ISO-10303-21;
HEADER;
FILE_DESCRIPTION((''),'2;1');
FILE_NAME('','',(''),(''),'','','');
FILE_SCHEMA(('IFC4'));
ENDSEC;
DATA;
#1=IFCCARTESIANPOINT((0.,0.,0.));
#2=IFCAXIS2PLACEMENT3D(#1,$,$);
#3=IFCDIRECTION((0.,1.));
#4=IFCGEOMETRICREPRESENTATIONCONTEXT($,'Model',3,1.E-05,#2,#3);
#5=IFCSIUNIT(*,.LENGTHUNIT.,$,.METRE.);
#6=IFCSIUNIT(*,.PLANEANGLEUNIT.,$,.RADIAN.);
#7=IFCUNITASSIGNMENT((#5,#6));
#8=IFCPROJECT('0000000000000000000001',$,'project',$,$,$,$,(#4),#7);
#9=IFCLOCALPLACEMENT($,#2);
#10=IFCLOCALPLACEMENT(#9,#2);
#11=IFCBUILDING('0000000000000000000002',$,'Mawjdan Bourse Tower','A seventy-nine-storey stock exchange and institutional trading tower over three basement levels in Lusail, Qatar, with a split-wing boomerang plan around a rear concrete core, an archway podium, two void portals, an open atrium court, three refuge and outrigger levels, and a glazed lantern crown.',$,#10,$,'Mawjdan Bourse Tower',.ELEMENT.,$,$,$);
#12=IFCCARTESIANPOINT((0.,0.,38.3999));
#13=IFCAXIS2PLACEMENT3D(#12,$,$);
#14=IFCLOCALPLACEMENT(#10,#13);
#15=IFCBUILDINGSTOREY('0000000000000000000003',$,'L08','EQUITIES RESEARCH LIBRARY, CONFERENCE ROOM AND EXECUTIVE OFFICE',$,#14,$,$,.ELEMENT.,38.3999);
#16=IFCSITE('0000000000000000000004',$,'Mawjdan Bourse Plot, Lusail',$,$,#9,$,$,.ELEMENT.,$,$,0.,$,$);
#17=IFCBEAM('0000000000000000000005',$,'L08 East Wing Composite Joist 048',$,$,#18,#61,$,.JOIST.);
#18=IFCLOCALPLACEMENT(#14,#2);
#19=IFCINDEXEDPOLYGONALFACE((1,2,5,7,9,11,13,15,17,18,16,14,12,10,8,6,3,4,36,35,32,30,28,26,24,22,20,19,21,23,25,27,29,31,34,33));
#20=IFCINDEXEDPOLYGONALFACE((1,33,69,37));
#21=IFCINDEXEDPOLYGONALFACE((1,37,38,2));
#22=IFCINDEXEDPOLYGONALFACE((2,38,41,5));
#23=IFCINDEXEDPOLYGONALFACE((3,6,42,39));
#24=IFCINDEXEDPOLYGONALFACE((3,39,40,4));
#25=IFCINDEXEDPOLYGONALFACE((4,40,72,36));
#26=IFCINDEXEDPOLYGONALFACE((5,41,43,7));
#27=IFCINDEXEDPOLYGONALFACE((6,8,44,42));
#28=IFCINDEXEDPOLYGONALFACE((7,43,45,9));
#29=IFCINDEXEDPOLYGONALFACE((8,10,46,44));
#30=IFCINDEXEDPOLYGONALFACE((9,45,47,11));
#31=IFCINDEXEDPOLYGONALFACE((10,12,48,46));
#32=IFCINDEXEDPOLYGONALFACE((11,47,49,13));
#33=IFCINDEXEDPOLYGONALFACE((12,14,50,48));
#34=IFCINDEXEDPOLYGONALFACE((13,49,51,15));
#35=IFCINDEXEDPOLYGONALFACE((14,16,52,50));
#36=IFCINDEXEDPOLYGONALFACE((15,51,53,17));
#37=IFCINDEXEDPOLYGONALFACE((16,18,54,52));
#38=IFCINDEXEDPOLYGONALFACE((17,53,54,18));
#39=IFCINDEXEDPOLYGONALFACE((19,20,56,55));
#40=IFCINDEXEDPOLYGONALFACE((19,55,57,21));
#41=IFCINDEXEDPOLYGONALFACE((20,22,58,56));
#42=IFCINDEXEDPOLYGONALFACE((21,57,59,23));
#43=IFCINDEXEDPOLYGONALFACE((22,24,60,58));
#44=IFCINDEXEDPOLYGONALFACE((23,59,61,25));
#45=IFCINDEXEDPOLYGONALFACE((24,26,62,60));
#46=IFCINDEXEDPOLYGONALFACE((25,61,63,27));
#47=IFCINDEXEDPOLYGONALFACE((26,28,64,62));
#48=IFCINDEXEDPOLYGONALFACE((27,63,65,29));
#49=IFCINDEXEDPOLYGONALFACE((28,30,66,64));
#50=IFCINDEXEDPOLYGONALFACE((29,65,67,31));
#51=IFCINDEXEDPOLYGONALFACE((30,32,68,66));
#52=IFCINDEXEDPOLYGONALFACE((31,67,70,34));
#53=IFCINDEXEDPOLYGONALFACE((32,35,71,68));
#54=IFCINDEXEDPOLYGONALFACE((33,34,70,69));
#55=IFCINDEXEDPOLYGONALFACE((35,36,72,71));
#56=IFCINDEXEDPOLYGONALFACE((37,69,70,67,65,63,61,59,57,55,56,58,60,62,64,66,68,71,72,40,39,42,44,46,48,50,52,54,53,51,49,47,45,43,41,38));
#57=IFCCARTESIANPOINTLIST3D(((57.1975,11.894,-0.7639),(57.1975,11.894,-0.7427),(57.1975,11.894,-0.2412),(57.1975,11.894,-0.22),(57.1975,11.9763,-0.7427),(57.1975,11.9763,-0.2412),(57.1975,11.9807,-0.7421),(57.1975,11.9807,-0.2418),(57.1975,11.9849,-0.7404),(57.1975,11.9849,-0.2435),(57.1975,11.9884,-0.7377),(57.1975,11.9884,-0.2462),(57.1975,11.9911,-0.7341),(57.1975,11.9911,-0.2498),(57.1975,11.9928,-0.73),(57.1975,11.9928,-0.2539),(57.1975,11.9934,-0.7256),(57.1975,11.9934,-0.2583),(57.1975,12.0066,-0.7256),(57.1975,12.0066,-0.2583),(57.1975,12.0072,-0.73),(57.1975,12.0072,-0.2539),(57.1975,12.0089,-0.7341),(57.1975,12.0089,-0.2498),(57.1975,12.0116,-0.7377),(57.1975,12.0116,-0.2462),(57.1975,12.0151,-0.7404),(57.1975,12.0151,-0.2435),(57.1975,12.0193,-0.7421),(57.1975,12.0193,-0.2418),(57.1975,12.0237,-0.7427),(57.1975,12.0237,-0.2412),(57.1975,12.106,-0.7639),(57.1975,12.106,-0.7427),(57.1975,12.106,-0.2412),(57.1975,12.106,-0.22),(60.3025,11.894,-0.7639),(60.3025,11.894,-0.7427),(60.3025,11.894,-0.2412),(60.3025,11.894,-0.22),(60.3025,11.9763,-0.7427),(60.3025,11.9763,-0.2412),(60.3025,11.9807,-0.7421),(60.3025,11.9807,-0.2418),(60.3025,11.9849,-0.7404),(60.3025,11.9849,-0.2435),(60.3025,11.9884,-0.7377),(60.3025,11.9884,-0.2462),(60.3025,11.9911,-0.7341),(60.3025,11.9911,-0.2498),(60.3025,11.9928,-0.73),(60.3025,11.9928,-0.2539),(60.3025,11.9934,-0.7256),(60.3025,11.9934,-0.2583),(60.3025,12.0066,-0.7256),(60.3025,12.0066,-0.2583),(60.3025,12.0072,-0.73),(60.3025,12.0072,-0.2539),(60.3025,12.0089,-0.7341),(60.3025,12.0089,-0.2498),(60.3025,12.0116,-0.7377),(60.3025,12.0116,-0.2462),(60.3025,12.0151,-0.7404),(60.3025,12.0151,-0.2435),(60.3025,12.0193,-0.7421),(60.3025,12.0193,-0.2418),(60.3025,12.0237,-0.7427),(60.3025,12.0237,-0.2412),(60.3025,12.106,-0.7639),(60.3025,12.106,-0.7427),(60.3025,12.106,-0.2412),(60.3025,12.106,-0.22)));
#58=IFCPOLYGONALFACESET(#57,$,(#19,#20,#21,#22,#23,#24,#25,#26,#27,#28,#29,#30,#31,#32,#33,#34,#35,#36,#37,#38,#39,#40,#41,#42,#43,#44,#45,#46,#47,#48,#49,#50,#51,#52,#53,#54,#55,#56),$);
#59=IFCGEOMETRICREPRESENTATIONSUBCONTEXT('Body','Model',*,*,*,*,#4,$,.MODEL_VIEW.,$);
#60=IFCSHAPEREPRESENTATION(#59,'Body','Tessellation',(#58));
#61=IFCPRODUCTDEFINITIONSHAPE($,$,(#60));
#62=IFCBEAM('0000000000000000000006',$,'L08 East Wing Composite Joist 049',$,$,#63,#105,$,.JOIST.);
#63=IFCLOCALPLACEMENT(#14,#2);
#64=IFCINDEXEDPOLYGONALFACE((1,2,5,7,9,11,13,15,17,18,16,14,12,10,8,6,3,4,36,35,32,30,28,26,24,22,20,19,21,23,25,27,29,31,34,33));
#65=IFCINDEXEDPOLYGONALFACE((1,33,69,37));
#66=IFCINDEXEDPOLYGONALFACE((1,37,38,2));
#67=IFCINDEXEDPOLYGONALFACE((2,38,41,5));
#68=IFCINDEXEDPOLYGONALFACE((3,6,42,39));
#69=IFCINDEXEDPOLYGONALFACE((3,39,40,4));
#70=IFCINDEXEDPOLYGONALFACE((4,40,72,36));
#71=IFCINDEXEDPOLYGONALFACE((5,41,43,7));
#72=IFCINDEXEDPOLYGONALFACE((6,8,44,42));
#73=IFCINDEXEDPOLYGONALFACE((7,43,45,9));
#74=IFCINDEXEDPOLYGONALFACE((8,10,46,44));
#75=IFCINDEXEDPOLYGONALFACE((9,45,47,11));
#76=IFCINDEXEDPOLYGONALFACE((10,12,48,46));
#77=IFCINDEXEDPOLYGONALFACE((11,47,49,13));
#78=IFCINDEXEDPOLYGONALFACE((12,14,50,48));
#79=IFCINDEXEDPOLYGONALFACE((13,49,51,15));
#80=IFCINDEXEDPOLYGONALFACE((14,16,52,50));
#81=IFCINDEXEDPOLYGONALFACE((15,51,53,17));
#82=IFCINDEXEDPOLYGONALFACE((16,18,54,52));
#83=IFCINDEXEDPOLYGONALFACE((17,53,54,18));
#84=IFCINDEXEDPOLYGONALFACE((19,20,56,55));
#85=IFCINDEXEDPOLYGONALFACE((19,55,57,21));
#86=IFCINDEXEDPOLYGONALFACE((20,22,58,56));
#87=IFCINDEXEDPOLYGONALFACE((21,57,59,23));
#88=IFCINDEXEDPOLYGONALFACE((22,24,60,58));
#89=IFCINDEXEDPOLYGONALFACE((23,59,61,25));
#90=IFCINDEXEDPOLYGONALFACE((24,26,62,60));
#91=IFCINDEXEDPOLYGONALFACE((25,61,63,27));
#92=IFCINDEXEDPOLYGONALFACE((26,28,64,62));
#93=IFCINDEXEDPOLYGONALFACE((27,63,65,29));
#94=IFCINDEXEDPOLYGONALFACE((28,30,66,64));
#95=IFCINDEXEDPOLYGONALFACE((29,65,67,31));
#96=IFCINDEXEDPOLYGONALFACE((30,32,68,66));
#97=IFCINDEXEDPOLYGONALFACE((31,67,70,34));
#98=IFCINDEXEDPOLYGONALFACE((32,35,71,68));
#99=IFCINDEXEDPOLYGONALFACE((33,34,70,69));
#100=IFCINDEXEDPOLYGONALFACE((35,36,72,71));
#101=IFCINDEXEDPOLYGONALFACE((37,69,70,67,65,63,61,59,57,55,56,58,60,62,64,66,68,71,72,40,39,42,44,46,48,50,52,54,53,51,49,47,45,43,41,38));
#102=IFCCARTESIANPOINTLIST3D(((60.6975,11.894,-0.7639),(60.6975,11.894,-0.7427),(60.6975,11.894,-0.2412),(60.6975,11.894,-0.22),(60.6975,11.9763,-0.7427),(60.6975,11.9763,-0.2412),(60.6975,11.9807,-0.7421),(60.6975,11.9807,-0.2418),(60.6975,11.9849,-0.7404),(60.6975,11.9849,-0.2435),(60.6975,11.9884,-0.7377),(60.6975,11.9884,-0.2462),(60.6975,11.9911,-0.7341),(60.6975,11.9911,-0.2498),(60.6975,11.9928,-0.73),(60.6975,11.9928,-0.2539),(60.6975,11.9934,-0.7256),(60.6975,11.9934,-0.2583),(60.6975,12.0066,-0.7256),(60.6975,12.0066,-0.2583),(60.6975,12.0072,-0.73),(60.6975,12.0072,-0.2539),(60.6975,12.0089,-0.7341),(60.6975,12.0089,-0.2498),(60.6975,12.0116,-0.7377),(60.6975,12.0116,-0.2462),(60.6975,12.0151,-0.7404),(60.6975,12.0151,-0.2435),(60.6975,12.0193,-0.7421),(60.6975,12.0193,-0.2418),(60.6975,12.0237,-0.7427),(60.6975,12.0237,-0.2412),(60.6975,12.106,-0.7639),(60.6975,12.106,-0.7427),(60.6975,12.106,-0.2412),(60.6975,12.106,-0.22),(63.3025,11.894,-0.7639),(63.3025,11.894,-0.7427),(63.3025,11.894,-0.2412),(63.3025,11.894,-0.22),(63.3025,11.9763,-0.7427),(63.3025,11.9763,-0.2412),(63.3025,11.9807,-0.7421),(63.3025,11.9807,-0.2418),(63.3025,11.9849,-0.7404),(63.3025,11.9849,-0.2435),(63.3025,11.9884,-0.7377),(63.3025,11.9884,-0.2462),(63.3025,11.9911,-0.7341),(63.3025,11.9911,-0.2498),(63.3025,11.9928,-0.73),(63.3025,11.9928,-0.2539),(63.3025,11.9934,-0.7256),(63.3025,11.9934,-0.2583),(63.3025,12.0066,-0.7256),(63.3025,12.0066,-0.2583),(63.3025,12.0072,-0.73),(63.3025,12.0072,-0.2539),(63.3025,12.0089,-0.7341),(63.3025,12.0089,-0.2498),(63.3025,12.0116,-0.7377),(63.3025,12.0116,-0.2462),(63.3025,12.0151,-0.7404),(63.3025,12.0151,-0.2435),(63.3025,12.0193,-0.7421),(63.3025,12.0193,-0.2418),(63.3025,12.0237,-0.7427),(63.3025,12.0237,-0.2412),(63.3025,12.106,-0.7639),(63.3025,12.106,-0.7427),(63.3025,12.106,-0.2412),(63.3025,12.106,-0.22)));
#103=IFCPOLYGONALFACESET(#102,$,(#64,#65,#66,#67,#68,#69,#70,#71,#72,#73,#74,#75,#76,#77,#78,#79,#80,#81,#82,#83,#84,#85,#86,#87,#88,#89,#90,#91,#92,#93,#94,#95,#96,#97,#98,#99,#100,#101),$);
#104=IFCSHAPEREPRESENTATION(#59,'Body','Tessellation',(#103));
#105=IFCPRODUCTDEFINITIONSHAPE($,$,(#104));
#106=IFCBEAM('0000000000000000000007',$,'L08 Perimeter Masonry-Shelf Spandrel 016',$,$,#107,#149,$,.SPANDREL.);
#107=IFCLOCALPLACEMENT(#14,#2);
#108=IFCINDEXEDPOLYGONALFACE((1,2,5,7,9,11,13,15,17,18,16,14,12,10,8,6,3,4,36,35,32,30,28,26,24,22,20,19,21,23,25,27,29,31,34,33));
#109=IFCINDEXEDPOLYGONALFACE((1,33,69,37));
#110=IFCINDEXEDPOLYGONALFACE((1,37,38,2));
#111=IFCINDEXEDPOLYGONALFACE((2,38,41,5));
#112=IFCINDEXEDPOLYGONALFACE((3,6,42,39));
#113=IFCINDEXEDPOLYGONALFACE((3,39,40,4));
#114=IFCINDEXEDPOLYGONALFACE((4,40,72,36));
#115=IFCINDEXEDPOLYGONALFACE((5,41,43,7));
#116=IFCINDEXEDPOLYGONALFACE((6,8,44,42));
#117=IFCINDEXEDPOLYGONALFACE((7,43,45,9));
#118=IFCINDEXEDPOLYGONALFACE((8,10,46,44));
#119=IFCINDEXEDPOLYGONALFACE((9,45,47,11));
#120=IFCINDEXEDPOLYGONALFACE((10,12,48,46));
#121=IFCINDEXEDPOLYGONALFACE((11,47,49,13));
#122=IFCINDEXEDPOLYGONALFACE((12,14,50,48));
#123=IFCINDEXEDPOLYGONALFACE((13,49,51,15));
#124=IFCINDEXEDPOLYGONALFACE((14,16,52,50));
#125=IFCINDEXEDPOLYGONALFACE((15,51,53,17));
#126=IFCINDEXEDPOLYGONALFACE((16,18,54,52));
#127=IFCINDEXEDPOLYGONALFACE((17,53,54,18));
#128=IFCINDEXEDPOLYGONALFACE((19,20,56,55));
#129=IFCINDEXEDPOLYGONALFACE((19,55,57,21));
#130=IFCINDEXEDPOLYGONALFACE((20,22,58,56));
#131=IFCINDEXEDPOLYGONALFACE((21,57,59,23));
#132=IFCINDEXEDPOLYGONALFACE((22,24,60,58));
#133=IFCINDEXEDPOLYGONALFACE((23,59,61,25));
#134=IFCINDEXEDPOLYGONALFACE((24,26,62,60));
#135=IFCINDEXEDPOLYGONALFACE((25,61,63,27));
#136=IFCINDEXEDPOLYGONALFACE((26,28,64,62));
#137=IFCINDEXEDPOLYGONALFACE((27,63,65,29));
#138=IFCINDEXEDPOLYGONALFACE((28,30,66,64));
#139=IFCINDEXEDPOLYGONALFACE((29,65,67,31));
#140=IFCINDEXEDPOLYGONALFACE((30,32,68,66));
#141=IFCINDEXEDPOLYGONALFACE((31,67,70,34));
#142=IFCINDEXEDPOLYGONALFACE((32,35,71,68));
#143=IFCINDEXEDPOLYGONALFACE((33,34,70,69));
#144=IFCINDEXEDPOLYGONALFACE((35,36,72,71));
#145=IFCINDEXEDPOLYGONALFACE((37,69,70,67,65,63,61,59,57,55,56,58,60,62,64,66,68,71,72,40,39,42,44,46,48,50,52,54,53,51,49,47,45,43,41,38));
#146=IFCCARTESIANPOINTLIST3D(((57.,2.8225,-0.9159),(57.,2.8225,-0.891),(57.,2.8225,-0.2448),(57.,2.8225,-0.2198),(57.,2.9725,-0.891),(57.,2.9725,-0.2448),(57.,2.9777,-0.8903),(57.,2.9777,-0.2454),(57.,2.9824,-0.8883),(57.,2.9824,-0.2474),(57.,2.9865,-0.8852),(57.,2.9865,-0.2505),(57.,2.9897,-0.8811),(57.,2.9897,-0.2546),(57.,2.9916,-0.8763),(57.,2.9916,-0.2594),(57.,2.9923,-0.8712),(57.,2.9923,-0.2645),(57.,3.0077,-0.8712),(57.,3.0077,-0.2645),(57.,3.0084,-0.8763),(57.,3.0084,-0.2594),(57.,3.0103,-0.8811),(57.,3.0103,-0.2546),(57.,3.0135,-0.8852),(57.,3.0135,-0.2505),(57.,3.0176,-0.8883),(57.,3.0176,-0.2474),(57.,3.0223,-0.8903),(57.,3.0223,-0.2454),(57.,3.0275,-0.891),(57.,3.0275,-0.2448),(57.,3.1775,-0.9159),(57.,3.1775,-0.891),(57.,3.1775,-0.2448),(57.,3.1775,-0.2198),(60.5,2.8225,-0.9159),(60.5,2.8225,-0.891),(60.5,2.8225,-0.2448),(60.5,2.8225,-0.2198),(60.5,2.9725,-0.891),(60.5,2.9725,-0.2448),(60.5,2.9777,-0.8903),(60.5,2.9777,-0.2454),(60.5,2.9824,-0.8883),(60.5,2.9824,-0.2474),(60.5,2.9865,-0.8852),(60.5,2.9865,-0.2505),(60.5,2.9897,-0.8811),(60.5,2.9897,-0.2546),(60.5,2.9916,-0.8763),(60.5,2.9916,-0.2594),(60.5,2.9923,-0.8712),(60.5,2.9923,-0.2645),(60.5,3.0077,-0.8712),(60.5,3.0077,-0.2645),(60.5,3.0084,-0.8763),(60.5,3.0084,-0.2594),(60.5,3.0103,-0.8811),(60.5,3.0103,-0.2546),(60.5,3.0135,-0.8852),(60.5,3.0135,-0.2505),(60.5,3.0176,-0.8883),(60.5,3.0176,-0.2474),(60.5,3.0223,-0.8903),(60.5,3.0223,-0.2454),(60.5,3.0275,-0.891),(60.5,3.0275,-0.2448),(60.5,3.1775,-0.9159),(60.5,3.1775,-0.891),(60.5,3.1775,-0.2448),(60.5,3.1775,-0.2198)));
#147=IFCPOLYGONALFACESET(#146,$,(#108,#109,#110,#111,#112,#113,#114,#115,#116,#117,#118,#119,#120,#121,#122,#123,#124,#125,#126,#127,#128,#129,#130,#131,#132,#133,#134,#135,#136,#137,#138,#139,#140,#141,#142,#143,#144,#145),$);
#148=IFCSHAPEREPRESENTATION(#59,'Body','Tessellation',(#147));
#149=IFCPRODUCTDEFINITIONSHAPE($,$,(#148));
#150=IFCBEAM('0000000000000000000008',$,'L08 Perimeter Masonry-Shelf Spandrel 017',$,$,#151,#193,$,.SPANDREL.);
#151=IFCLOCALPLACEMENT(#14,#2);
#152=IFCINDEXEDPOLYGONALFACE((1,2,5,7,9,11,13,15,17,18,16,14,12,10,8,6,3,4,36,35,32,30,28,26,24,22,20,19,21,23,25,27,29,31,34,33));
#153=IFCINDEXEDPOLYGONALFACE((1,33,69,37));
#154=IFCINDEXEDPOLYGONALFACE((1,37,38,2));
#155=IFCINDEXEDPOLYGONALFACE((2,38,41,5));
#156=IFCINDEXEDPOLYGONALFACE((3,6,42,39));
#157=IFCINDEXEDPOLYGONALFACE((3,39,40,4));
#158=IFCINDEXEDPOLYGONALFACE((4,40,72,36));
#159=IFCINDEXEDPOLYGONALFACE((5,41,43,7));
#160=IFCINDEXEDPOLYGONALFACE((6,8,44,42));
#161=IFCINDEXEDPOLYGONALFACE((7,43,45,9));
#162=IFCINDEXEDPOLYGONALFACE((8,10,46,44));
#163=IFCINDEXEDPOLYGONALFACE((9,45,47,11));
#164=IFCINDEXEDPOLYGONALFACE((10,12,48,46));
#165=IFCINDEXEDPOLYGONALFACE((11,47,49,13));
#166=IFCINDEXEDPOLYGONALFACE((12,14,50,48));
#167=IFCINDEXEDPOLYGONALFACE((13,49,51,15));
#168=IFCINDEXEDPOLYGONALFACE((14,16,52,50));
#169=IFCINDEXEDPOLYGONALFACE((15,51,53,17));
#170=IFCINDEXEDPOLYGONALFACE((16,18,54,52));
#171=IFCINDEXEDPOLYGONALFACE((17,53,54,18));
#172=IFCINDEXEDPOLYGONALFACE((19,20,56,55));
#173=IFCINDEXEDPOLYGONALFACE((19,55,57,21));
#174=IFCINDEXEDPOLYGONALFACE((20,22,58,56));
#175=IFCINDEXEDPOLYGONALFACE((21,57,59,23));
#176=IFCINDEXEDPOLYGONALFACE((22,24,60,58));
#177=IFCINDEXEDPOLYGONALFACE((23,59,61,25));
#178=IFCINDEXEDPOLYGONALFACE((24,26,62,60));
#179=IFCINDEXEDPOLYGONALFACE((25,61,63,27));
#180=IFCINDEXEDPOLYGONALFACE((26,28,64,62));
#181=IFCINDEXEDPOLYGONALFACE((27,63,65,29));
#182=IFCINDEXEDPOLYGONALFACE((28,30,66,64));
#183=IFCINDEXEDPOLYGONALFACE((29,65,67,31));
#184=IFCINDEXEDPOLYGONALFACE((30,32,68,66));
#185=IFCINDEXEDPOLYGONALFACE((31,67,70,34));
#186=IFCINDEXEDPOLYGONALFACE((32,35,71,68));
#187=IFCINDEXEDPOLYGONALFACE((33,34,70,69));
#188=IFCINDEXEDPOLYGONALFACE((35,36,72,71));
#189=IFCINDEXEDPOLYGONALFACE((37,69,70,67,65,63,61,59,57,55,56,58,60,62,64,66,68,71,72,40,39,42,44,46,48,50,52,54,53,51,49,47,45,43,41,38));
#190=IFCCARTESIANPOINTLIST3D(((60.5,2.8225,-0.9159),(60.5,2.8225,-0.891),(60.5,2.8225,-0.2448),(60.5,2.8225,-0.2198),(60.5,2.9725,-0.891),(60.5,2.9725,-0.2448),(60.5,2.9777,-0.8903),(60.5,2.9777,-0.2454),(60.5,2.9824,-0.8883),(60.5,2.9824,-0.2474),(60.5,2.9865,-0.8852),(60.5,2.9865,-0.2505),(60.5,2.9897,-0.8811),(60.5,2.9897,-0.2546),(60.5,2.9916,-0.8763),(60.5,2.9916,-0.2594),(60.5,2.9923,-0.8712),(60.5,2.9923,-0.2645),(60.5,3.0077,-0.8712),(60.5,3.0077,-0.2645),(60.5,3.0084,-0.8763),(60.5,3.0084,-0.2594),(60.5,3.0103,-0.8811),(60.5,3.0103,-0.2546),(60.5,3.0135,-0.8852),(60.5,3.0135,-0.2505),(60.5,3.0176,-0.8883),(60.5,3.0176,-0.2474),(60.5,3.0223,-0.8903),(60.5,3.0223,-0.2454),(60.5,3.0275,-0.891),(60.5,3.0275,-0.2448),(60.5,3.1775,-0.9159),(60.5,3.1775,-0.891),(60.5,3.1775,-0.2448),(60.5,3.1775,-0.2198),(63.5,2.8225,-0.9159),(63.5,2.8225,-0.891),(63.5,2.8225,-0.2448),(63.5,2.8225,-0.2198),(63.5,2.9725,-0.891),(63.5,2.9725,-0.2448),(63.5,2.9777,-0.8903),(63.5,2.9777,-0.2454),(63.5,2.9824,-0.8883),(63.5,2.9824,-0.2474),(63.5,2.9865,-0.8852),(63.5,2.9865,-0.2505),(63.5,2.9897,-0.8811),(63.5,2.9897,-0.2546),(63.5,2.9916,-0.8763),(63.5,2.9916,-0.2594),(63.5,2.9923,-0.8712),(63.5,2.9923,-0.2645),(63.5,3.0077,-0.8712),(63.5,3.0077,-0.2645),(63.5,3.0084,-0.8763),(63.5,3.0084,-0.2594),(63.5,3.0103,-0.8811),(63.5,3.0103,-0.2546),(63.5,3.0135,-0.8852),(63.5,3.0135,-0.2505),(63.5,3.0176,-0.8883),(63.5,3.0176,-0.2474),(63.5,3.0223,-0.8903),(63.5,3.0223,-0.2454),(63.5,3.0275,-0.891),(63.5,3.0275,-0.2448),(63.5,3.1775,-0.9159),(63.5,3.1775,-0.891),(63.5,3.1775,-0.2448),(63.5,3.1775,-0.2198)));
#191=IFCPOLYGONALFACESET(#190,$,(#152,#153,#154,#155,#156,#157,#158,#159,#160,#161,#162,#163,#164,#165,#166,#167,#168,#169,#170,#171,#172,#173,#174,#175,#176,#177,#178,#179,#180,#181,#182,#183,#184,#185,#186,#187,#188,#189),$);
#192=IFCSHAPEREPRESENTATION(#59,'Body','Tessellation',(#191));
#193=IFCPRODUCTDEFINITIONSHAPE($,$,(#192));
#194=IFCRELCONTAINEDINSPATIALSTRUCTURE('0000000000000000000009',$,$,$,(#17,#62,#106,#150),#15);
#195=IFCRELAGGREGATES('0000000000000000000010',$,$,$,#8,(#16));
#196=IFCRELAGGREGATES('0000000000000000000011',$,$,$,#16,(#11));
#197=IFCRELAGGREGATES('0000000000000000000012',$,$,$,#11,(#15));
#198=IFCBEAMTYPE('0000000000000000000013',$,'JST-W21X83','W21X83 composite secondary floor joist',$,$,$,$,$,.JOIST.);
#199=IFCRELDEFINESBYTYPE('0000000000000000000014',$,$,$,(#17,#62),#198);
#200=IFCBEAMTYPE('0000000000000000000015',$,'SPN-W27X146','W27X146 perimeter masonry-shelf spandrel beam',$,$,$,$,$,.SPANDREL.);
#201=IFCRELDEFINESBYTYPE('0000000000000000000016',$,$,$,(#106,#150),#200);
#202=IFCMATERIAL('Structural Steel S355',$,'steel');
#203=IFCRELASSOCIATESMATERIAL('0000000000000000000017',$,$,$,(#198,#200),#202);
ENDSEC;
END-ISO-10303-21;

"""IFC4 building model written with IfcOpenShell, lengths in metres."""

from ifc_helpers import new_model, si_unit, direction, frame, origin, origin_2d, place, context, subcontext, project, spatial, i_section, extrude, material, material_profile, profile_set, type_object, element, save


model = new_model("IFC4")

# Units and contexts
model_context = context("Model", 3, precision=1e-05, world=origin(), true_north=direction((0.0, 1.0)))
body_context = subcontext(model_context, "Body", "Model", "MODEL_VIEW")
ifc_project = project(units=[si_unit("LENGTHUNIT", "METRE"), si_unit("PLANEANGLEUNIT", "RADIAN")], contexts=[model_context])

# Site, building, storey
site_placement = place(None, origin())
site = spatial("IfcSite", under=ifc_project, at=site_placement, Name="Mawjdan Bourse Plot, Lusail", CompositionType="ELEMENT", RefElevation=0.0)
building_placement = place(site_placement, origin())
building = spatial("IfcBuilding", under=site, at=building_placement, Name="Mawjdan Bourse Tower", Description="A seventy-nine-storey stock exchange and institutional trading tower over three basement levels in Lusail, Qatar, with a split-wing boomerang plan around a rear concrete core, an archway podium, two void portals, an open atrium court, three refuge and outrigger levels, and a glazed lantern crown.", LongName="Mawjdan Bourse Tower", CompositionType="ELEMENT")
storey_placement = place(building_placement, frame((0.0, 0.0, 38.3999)))
storey = spatial("IfcBuildingStorey", under=building, at=storey_placement, Name="L08", Description="EQUITIES RESEARCH LIBRARY, CONFERENCE ROOM AND EXECUTIVE OFFICE", CompositionType="ELEMENT", Elevation=38.3999)

# Beams
ifc_material_1 = material(Name="Structural Steel S355", Category="steel")
ifc_material_profile_1 = material_profile(ifc_material_1, i_section(OverallWidth=0.2119, OverallDepth=0.5439, WebThickness=0.0132, FlangeThickness=0.0212, FilletRadius=0.0171, at=origin_2d()), Name="W21X83")
ifc_profile_set_1 = profile_set([ifc_material_profile_1], Name="Structural Steel S355")
beam_type_1 = type_object("IfcBeamType", Name="JST-W21X83", Description="W21X83 composite secondary floor joist", PredefinedType="JOIST", material=ifc_profile_set_1)
beam_1_placement = place(storey_placement, frame((57.1975, 12.0, -0.4919), z_axis=(1.0, 0.0, 0.0), x_axis=(0.0, 1.0, 0.0)))
element("IfcBeam", 1, at=beam_1_placement, inside=storey, type_object=beam_type_1, Name="L08 East Wing Composite Joist 048", PredefinedType="JOIST", context=body_context, shape_type="SweptSolid", body=[
    extrude(i_section(OverallWidth=0.2119, OverallDepth=0.5439, WebThickness=0.0132, FlangeThickness=0.0212, FilletRadius=0.0171, at=origin_2d()), origin(), (0.0, 0.0, 1.0), 3.105),
])
beam_2_placement = place(storey_placement, frame((60.6975, 12.0, -0.4919), z_axis=(1.0, 0.0, 0.0), x_axis=(0.0, 1.0, 0.0)))
element("IfcBeam", 2, at=beam_2_placement, inside=storey, type_object=beam_type_1, Name="L08 East Wing Composite Joist 049", PredefinedType="JOIST", context=body_context, shape_type="SweptSolid", body=[
    extrude(i_section(OverallWidth=0.2119, OverallDepth=0.5439, WebThickness=0.0132, FlangeThickness=0.0212, FilletRadius=0.0171, at=origin_2d()), origin(), (0.0, 0.0, 1.0), 2.605),
])
ifc_material_profile_2 = material_profile(ifc_material_1, i_section(OverallWidth=0.355, OverallDepth=0.696, WebThickness=0.0154, FlangeThickness=0.0249, FilletRadius=0.0198, at=origin_2d()), Name="W27X146")
ifc_profile_set_2 = profile_set([ifc_material_profile_2], Name="Structural Steel S355")
beam_type_2 = type_object("IfcBeamType", Name="SPN-W27X146", Description="W27X146 perimeter masonry-shelf spandrel beam", PredefinedType="SPANDREL", material=ifc_profile_set_2)
beam_3_placement = place(storey_placement, frame((57.0, 3.0, -0.5679), z_axis=(1.0, 0.0, 0.0), x_axis=(0.0, 1.0, 0.0)))
element("IfcBeam", 3, at=beam_3_placement, inside=storey, type_object=beam_type_2, Name="L08 Perimeter Masonry-Shelf Spandrel 016", PredefinedType="SPANDREL", context=body_context, shape_type="SweptSolid", body=[
    extrude(i_section(OverallWidth=0.355, OverallDepth=0.696, WebThickness=0.0154, FlangeThickness=0.0249, FilletRadius=0.0198, at=origin_2d()), origin(), (0.0, 0.0, 1.0), 3.5),
])
beam_4_placement = place(storey_placement, frame((60.5, 3.0, -0.5679), z_axis=(1.0, 0.0, 0.0), x_axis=(0.0, 1.0, 0.0)))
element("IfcBeam", 4, at=beam_4_placement, inside=storey, type_object=beam_type_2, Name="L08 Perimeter Masonry-Shelf Spandrel 017", PredefinedType="SPANDREL", context=body_context, shape_type="SweptSolid", body=[
    extrude(i_section(OverallWidth=0.355, OverallDepth=0.696, WebThickness=0.0154, FlangeThickness=0.0249, FilletRadius=0.0198, at=origin_2d()), origin(), (0.0, 0.0, 1.0), 3.0),
])

save(model, "model.ifc")
